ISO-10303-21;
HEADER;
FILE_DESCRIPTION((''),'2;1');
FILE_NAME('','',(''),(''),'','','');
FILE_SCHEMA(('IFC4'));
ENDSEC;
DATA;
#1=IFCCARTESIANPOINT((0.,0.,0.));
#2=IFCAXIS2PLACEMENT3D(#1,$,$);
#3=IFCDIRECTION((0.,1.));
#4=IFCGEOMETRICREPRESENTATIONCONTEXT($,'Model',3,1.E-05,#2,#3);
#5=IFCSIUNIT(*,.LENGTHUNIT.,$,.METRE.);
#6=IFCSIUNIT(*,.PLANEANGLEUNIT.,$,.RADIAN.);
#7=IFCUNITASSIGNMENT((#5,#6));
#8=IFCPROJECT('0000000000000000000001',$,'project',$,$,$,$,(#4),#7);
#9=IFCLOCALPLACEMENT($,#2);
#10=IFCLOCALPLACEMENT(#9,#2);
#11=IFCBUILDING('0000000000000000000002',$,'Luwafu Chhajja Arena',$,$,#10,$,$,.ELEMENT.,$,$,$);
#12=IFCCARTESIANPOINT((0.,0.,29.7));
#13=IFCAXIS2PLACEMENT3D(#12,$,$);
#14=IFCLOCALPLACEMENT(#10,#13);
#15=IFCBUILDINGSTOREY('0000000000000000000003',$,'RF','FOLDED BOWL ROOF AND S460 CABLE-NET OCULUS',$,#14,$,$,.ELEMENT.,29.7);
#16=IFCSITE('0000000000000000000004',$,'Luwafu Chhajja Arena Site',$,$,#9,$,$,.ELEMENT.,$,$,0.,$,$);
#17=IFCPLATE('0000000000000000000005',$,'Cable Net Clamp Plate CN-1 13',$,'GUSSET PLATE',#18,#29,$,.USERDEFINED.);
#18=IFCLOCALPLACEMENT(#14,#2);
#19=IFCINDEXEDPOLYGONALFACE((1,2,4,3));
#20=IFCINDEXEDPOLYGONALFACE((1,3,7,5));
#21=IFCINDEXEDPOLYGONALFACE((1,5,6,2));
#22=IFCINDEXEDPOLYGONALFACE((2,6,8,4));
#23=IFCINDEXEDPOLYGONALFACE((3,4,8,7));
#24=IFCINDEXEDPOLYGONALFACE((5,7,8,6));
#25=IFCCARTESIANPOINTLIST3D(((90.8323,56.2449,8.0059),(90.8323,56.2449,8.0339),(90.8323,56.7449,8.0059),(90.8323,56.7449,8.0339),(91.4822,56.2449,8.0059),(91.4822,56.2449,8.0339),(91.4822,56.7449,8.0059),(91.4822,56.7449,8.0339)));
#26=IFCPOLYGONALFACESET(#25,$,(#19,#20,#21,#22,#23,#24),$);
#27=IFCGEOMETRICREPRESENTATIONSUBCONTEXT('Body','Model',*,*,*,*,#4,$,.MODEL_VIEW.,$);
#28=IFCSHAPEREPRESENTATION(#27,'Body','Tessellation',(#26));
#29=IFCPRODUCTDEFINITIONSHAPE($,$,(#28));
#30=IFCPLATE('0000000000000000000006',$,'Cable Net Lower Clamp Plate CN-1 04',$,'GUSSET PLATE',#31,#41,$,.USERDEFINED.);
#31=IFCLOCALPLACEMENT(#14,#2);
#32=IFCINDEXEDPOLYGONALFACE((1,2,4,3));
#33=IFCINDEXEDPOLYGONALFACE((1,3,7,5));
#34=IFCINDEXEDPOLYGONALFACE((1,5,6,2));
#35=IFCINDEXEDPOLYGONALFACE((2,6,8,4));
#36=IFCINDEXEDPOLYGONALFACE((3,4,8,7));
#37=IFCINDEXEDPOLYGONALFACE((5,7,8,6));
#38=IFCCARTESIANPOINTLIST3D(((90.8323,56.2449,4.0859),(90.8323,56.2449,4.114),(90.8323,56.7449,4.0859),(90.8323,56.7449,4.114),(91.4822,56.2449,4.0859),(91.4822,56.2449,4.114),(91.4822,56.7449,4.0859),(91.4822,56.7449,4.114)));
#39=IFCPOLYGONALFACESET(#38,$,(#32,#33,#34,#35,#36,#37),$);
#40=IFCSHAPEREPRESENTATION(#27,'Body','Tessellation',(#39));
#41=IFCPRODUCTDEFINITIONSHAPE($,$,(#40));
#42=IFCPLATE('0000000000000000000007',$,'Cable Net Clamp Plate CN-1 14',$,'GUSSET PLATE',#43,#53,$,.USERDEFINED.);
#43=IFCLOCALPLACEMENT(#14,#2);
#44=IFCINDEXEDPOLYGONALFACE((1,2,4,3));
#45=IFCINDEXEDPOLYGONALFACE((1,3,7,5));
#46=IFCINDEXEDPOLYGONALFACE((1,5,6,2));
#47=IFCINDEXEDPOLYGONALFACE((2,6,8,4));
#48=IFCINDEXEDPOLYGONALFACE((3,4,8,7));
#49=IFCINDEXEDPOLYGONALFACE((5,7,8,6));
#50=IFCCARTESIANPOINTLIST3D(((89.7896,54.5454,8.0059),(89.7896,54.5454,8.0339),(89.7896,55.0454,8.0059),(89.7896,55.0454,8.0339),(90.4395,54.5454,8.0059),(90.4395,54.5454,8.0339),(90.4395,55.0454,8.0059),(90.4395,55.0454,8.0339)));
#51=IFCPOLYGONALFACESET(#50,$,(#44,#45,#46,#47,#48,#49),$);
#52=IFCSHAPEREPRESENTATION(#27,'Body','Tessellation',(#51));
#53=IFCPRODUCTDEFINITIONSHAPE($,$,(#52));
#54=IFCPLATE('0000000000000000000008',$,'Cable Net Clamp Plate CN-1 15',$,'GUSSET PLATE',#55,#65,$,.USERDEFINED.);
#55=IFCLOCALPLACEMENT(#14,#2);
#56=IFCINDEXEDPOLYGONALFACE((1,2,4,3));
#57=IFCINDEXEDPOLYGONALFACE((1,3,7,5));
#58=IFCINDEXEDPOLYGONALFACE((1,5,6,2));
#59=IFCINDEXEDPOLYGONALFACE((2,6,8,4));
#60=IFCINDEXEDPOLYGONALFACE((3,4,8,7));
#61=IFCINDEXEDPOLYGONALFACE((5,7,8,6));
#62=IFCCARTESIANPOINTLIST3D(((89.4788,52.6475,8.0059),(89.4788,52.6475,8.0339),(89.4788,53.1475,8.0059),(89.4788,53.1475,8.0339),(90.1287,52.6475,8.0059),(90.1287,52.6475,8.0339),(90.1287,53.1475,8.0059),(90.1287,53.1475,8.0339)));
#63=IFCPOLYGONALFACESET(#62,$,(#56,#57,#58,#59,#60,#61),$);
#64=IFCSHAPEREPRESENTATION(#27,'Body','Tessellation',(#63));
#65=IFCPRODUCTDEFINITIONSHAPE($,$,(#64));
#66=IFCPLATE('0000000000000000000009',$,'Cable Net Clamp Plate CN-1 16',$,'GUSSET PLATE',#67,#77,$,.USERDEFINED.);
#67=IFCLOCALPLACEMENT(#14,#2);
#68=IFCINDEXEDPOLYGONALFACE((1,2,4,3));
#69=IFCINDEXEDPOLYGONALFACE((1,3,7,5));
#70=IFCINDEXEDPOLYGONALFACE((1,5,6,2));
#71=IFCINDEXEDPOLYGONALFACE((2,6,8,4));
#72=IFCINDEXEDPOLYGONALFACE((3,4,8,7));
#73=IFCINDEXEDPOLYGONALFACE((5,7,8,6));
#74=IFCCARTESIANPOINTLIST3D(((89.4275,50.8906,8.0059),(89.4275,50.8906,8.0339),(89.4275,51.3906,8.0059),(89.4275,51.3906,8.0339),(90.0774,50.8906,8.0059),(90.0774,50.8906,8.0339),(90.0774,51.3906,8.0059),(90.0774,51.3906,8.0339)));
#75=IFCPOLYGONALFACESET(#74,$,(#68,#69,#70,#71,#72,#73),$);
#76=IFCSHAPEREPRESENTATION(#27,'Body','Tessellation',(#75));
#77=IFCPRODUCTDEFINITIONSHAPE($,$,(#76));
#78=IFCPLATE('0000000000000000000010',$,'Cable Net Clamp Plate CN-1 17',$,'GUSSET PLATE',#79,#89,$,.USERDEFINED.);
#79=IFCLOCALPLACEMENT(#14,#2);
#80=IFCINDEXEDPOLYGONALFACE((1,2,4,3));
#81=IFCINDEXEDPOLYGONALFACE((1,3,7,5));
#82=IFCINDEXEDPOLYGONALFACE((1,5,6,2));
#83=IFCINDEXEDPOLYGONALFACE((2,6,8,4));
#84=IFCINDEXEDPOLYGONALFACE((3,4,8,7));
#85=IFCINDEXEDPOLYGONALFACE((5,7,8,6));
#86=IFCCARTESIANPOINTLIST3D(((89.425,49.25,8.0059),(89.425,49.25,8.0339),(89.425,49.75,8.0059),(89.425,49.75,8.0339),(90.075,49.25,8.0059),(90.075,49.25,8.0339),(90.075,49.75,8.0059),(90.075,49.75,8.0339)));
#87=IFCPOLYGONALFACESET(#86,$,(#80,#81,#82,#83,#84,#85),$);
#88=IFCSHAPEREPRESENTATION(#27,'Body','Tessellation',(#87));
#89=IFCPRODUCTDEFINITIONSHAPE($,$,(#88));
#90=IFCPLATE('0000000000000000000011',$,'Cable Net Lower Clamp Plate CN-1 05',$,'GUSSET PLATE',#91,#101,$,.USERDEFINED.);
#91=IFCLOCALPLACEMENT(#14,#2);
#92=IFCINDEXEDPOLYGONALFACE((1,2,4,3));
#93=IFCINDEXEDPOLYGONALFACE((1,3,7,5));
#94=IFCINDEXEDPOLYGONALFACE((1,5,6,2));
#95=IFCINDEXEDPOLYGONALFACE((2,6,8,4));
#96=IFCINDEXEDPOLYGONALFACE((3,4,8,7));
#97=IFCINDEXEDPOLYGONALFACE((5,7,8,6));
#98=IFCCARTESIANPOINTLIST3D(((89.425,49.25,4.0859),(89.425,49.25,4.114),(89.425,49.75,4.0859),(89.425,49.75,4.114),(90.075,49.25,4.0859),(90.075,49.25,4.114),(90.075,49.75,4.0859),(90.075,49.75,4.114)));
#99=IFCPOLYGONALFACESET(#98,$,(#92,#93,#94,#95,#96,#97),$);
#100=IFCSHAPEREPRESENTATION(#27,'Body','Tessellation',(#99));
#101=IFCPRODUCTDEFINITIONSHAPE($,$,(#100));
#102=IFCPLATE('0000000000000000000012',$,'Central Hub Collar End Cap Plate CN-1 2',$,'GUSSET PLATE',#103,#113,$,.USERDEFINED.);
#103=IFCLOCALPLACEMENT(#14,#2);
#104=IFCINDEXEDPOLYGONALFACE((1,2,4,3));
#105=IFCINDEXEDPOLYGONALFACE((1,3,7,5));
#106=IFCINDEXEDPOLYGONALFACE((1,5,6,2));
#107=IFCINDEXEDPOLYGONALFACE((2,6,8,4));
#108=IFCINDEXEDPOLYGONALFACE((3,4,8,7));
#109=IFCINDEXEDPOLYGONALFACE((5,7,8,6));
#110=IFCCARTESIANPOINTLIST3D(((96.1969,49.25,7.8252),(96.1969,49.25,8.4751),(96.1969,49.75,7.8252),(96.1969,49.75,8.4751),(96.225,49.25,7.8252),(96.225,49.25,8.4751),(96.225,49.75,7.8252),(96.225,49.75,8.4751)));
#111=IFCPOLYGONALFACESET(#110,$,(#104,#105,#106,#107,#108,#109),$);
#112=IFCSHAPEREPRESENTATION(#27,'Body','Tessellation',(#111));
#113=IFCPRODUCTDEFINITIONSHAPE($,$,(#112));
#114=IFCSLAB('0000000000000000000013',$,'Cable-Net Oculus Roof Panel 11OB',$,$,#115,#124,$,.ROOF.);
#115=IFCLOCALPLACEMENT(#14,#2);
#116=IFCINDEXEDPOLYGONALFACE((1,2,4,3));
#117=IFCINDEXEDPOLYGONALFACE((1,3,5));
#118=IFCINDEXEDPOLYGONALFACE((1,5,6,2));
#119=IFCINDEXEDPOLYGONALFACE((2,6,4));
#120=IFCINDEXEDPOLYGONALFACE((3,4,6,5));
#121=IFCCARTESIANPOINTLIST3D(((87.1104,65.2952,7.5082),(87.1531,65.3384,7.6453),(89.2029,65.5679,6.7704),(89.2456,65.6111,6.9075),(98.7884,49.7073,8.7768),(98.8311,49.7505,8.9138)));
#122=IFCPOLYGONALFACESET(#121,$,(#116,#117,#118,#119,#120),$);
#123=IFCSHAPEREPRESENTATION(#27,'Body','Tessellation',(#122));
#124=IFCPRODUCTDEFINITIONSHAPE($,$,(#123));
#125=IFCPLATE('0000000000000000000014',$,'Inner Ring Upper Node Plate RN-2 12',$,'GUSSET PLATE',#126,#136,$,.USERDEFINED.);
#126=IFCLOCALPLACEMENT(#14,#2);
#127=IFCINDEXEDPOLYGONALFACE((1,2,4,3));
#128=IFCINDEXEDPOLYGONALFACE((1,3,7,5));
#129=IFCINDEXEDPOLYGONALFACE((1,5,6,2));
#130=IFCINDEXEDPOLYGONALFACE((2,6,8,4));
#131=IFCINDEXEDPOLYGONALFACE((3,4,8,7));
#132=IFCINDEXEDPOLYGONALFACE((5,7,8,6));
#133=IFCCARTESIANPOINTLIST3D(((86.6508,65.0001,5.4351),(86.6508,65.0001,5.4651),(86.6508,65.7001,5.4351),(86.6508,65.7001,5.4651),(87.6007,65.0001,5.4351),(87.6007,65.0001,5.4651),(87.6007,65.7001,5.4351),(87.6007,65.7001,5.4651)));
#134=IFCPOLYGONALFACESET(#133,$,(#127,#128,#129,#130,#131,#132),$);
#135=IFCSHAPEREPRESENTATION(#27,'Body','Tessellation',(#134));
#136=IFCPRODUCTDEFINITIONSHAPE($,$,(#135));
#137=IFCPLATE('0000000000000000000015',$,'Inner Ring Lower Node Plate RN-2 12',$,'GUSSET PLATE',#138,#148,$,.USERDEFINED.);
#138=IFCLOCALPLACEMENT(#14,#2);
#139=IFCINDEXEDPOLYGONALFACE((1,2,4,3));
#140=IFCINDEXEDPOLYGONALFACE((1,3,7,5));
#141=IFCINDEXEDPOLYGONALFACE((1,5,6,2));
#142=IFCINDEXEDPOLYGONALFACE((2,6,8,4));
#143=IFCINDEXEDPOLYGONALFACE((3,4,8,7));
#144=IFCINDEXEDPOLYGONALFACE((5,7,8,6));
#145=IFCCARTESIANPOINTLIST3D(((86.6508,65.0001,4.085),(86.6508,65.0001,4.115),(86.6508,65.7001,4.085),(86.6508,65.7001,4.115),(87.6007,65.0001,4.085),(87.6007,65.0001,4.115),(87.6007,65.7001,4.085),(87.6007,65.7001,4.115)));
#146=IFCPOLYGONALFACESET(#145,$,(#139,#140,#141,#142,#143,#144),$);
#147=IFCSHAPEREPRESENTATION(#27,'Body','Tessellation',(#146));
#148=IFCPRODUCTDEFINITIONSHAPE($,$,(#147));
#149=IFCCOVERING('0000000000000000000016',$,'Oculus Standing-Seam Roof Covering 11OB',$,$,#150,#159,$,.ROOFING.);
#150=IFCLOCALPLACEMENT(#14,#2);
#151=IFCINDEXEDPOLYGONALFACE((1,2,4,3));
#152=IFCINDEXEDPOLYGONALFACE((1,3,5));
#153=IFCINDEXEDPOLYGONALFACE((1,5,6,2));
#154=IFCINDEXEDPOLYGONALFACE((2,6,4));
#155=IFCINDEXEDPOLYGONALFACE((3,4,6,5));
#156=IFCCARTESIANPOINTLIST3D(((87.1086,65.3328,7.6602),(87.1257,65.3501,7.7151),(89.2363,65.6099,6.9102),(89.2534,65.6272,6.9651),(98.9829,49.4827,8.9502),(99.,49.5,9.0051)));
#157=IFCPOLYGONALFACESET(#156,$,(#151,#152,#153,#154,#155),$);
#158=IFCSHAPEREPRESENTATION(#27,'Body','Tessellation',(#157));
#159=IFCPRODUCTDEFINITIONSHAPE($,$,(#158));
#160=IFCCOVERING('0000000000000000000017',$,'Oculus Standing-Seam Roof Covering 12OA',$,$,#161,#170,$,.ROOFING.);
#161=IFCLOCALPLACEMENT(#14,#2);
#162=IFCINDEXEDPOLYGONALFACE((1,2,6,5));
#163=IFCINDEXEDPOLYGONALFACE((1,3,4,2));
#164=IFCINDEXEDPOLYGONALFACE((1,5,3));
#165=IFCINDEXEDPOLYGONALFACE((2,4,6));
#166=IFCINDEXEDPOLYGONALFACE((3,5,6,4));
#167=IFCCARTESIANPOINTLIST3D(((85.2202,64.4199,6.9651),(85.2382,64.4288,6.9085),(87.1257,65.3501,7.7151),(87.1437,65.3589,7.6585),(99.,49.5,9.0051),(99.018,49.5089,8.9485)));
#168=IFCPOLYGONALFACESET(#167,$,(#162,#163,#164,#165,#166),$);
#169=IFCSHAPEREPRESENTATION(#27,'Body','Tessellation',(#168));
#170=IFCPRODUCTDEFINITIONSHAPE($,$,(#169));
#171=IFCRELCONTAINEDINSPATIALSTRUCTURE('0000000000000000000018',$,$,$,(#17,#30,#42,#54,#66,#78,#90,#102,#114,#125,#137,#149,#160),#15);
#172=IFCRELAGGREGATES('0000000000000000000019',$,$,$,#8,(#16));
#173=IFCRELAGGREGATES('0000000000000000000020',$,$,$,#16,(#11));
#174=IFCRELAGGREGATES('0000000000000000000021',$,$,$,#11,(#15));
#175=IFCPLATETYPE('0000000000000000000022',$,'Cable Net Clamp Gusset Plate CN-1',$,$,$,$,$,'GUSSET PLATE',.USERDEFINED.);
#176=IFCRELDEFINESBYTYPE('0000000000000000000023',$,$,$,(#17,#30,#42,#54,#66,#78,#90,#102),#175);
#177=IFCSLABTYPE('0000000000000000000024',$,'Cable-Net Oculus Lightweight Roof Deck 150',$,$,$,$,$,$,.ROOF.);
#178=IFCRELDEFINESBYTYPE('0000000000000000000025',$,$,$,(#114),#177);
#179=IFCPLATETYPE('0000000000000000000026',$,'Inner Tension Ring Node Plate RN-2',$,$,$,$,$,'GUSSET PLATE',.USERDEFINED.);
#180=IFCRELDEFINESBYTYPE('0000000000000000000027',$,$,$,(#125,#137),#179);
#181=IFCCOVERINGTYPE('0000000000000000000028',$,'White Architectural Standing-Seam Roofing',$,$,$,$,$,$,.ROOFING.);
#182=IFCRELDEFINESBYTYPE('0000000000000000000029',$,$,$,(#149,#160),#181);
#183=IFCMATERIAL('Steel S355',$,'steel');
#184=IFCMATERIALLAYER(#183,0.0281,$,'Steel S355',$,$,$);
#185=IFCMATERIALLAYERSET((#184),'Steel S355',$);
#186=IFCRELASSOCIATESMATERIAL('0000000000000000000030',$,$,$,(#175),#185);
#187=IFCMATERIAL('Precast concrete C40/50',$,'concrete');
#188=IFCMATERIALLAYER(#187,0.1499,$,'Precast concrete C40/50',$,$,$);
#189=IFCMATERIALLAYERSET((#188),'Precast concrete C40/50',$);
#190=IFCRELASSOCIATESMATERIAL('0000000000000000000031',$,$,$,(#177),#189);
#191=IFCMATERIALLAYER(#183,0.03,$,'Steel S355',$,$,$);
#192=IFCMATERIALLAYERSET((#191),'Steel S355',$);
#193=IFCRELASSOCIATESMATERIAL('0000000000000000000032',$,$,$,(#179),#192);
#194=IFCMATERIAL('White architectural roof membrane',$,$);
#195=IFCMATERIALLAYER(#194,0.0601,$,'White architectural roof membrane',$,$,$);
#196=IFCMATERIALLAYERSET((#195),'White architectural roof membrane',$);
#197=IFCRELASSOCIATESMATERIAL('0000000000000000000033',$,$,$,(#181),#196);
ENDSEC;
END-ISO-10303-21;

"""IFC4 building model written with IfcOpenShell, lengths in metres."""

from ifc_helpers import new_model, si_unit, direction, frame, origin, origin_2d, place, context, subcontext, project, spatial, polyline, rectangle, outline, extrude, material, layer, layer_set, type_object, element, save


model = new_model("IFC4")

# Units and contexts
model_context = context("Model", 3, precision=1e-05, world=origin(), true_north=direction((0.0, 1.0)))
body_context = subcontext(model_context, "Body", "Model", "MODEL_VIEW")
ifc_project = project(units=[si_unit("LENGTHUNIT", "METRE"), si_unit("PLANEANGLEUNIT", "RADIAN")], contexts=[model_context])

# Site, building, storey
site_placement = place(None, origin())
site = spatial("IfcSite", under=ifc_project, at=site_placement, Name="Luwafu Chhajja Arena Site", CompositionType="ELEMENT", RefElevation=0.0)
building_placement = place(site_placement, origin())
building = spatial("IfcBuilding", under=site, at=building_placement, Name="Luwafu Chhajja Arena", CompositionType="ELEMENT")
storey_placement = place(building_placement, frame((0.0, 0.0, 29.7)))
storey = spatial("IfcBuildingStorey", under=building, at=storey_placement, Name="RF", Description="FOLDED BOWL ROOF AND S460 CABLE-NET OCULUS", CompositionType="ELEMENT", Elevation=29.7)

# Shared definitions
ifc_material_1 = material(Name="Steel S355", Category="steel")

# Plates
ifc_layer_1 = layer(ifc_material_1, 0.0281, Name="Steel S355")
ifc_layer_set_1 = layer_set([ifc_layer_1], Name="Steel S355")
plate_type_1 = type_object("IfcPlateType", Name="Cable Net Clamp Gusset Plate CN-1", ElementType="GUSSET PLATE", PredefinedType="USERDEFINED", material=ifc_layer_set_1)
for number, where, z_axis, x_axis, name in (
    (1, (91.1572, 56.4949, 8.0059), (0.0, 0.0, 1.0), (1.0, 0.0, 0.0), "Cable Net Clamp Plate CN-1 13"),
    (2, (91.1572, 56.4949, 4.0859), (0.0, 0.0, 1.0), (1.0, 0.0, 0.0), "Cable Net Lower Clamp Plate CN-1 04"),
    (3, (90.1145, 54.7954, 8.0059), (0.0, 0.0, 1.0), (1.0, 0.0, 0.0), "Cable Net Clamp Plate CN-1 14"),
    (4, (89.8037, 52.8975, 8.0059), (0.0, 0.0, 1.0), (1.0, 0.0, 0.0), "Cable Net Clamp Plate CN-1 15"),
    (5, (89.7524, 51.1406, 8.0059), (0.0, 0.0, 1.0), (1.0, 0.0, 0.0), "Cable Net Clamp Plate CN-1 16"),
    (6, (89.75, 49.5, 8.0059), (0.0, 0.0, 1.0), (1.0, 0.0, 0.0), "Cable Net Clamp Plate CN-1 17"),
    (7, (89.75, 49.5, 4.0859), (0.0, 0.0, 1.0), (1.0, 0.0, 0.0), "Cable Net Lower Clamp Plate CN-1 05"),
):
    element("IfcPlate", number, at=place(storey_placement, frame(where, z_axis=z_axis, x_axis=x_axis)), inside=storey, type_object=plate_type_1, Name=name, ObjectType="GUSSET PLATE", PredefinedType="USERDEFINED", context=body_context, shape_type="SweptSolid", body=[
        extrude(rectangle(XDim=0.6499, YDim=0.5, at=origin_2d()), origin(), (0.0, 0.0, 1.0), 0.0281),
    ])
plate_placement = place(storey_placement, frame((96.2109, 49.5, 7.8252), z_axis=(0.0, 0.0, 1.0), x_axis=(-1.0, 0.0, 0.0)))
element("IfcPlate", 8, at=plate_placement, inside=storey, type_object=plate_type_1, Name="Central Hub Collar End Cap Plate CN-1 2", ObjectType="GUSSET PLATE", PredefinedType="USERDEFINED", context=body_context, shape_type="SweptSolid", body=[
    extrude(rectangle(XDim=0.0281, YDim=0.5, at=origin_2d()), origin(), (0.0, 0.0, 1.0), 0.6499),
])

# Slab
ifc_material_2 = material(Name="Precast concrete C40/50", Category="concrete")
ifc_layer_2 = layer(ifc_material_2, 0.1499, Name="Precast concrete C40/50")
ifc_layer_set_2 = layer_set([ifc_layer_2], Name="Precast concrete C40/50")
slab_type = type_object("IfcSlabType", Name="Cable-Net Oculus Lightweight Roof Deck 150", PredefinedType="ROOF", material=ifc_layer_set_2)
slab_placement = place(storey_placement, frame((89.2456, 65.6111, 6.9075), z_axis=(0.284869, 0.287825, 0.914334), x_axis=(0.51423, -0.850872, 0.107634)))
element("IfcSlab", 9, at=slab_placement, inside=storey, type_object=slab_type, Name="Cable-Net Oculus Roof Panel 11OB", PredefinedType="ROOF", context=body_context, shape_type="SweptSolid", body=[
    extrude(outline(polyline([(0.0, 0.0), (18.6404, 0.0), (-0.7646, -2.1007), (0.0, 0.0)])), origin(), (0.0, 0.0, -1.0), 0.1499),
])

# Plates
ifc_layer_3 = layer(ifc_material_1, 0.03, Name="Steel S355")
ifc_layer_set_3 = layer_set([ifc_layer_3], Name="Steel S355")
plate_type_2 = type_object("IfcPlateType", Name="Inner Tension Ring Node Plate RN-2", ElementType="GUSSET PLATE", PredefinedType="USERDEFINED", material=ifc_layer_set_3)
for number, where, z_axis, x_axis, name in (
    (10, (87.1257, 65.3501, 5.4351), (0.0, 0.0, 1.0), (1.0, 0.0, 0.0), "Inner Ring Upper Node Plate RN-2 12"),
    (11, (87.1257, 65.3501, 4.085), (0.0, 0.0, 1.0), (1.0, 0.0, 0.0), "Inner Ring Lower Node Plate RN-2 12"),
):
    element("IfcPlate", number, at=place(storey_placement, frame(where, z_axis=z_axis, x_axis=x_axis)), inside=storey, type_object=plate_type_2, Name=name, ObjectType="GUSSET PLATE", PredefinedType="USERDEFINED", context=body_context, shape_type="SweptSolid", body=[
        extrude(rectangle(XDim=0.95, YDim=0.7, at=origin_2d()), origin(), (0.0, 0.0, 1.0), 0.03),
    ])

# Coverings
ifc_material_3 = material(Name="White architectural roof membrane")
ifc_layer_4 = layer(ifc_material_3, 0.0601, Name="White architectural roof membrane")
ifc_layer_set_4 = layer_set([ifc_layer_4], Name="White architectural roof membrane")
covering_type = type_object("IfcCoveringType", Name="White Architectural Standing-Seam Roofing", PredefinedType="ROOFING", material=ifc_layer_set_4)
covering_1_placement = place(storey_placement, frame((89.2534, 65.6272, 6.9651), z_axis=(0.284825, 0.287799, 0.914356), x_axis=(-0.936087, -0.121912, 0.329967)))
element("IfcCovering", 12, at=covering_1_placement, inside=storey, type_object=covering_type, Name="Oculus Standing-Seam Roof Covering 11OB", PredefinedType="ROOFING", context=body_context, shape_type="SweptSolid", body=[
    extrude(outline(polyline([(0.0, 0.0), (2.273, 0.0), (-6.4844, 17.81), (0.0, 0.0)])), origin(), (0.0, 0.0, -1.0), 0.0601),
])
covering_2_placement = place(storey_placement, frame((87.1257, 65.3501, 7.7151), z_axis=(-0.29913, -0.147365, 0.942764), x_axis=(-0.847213, -0.413566, -0.333458)))
element("IfcCovering", 13, at=covering_2_placement, inside=storey, type_object=covering_type, Name="Oculus Standing-Seam Roof Covering 12OA", PredefinedType="ROOFING", context=body_context, shape_type="SweptSolid", body=[
    extrude(outline(polyline([(0.0, 0.0), (2.2492, 0.0), (-3.9351, 19.4526), (0.0, 0.0)])), origin(), (0.0, 0.0, -1.0), 0.0601),
])

save(model, "model.ifc")
